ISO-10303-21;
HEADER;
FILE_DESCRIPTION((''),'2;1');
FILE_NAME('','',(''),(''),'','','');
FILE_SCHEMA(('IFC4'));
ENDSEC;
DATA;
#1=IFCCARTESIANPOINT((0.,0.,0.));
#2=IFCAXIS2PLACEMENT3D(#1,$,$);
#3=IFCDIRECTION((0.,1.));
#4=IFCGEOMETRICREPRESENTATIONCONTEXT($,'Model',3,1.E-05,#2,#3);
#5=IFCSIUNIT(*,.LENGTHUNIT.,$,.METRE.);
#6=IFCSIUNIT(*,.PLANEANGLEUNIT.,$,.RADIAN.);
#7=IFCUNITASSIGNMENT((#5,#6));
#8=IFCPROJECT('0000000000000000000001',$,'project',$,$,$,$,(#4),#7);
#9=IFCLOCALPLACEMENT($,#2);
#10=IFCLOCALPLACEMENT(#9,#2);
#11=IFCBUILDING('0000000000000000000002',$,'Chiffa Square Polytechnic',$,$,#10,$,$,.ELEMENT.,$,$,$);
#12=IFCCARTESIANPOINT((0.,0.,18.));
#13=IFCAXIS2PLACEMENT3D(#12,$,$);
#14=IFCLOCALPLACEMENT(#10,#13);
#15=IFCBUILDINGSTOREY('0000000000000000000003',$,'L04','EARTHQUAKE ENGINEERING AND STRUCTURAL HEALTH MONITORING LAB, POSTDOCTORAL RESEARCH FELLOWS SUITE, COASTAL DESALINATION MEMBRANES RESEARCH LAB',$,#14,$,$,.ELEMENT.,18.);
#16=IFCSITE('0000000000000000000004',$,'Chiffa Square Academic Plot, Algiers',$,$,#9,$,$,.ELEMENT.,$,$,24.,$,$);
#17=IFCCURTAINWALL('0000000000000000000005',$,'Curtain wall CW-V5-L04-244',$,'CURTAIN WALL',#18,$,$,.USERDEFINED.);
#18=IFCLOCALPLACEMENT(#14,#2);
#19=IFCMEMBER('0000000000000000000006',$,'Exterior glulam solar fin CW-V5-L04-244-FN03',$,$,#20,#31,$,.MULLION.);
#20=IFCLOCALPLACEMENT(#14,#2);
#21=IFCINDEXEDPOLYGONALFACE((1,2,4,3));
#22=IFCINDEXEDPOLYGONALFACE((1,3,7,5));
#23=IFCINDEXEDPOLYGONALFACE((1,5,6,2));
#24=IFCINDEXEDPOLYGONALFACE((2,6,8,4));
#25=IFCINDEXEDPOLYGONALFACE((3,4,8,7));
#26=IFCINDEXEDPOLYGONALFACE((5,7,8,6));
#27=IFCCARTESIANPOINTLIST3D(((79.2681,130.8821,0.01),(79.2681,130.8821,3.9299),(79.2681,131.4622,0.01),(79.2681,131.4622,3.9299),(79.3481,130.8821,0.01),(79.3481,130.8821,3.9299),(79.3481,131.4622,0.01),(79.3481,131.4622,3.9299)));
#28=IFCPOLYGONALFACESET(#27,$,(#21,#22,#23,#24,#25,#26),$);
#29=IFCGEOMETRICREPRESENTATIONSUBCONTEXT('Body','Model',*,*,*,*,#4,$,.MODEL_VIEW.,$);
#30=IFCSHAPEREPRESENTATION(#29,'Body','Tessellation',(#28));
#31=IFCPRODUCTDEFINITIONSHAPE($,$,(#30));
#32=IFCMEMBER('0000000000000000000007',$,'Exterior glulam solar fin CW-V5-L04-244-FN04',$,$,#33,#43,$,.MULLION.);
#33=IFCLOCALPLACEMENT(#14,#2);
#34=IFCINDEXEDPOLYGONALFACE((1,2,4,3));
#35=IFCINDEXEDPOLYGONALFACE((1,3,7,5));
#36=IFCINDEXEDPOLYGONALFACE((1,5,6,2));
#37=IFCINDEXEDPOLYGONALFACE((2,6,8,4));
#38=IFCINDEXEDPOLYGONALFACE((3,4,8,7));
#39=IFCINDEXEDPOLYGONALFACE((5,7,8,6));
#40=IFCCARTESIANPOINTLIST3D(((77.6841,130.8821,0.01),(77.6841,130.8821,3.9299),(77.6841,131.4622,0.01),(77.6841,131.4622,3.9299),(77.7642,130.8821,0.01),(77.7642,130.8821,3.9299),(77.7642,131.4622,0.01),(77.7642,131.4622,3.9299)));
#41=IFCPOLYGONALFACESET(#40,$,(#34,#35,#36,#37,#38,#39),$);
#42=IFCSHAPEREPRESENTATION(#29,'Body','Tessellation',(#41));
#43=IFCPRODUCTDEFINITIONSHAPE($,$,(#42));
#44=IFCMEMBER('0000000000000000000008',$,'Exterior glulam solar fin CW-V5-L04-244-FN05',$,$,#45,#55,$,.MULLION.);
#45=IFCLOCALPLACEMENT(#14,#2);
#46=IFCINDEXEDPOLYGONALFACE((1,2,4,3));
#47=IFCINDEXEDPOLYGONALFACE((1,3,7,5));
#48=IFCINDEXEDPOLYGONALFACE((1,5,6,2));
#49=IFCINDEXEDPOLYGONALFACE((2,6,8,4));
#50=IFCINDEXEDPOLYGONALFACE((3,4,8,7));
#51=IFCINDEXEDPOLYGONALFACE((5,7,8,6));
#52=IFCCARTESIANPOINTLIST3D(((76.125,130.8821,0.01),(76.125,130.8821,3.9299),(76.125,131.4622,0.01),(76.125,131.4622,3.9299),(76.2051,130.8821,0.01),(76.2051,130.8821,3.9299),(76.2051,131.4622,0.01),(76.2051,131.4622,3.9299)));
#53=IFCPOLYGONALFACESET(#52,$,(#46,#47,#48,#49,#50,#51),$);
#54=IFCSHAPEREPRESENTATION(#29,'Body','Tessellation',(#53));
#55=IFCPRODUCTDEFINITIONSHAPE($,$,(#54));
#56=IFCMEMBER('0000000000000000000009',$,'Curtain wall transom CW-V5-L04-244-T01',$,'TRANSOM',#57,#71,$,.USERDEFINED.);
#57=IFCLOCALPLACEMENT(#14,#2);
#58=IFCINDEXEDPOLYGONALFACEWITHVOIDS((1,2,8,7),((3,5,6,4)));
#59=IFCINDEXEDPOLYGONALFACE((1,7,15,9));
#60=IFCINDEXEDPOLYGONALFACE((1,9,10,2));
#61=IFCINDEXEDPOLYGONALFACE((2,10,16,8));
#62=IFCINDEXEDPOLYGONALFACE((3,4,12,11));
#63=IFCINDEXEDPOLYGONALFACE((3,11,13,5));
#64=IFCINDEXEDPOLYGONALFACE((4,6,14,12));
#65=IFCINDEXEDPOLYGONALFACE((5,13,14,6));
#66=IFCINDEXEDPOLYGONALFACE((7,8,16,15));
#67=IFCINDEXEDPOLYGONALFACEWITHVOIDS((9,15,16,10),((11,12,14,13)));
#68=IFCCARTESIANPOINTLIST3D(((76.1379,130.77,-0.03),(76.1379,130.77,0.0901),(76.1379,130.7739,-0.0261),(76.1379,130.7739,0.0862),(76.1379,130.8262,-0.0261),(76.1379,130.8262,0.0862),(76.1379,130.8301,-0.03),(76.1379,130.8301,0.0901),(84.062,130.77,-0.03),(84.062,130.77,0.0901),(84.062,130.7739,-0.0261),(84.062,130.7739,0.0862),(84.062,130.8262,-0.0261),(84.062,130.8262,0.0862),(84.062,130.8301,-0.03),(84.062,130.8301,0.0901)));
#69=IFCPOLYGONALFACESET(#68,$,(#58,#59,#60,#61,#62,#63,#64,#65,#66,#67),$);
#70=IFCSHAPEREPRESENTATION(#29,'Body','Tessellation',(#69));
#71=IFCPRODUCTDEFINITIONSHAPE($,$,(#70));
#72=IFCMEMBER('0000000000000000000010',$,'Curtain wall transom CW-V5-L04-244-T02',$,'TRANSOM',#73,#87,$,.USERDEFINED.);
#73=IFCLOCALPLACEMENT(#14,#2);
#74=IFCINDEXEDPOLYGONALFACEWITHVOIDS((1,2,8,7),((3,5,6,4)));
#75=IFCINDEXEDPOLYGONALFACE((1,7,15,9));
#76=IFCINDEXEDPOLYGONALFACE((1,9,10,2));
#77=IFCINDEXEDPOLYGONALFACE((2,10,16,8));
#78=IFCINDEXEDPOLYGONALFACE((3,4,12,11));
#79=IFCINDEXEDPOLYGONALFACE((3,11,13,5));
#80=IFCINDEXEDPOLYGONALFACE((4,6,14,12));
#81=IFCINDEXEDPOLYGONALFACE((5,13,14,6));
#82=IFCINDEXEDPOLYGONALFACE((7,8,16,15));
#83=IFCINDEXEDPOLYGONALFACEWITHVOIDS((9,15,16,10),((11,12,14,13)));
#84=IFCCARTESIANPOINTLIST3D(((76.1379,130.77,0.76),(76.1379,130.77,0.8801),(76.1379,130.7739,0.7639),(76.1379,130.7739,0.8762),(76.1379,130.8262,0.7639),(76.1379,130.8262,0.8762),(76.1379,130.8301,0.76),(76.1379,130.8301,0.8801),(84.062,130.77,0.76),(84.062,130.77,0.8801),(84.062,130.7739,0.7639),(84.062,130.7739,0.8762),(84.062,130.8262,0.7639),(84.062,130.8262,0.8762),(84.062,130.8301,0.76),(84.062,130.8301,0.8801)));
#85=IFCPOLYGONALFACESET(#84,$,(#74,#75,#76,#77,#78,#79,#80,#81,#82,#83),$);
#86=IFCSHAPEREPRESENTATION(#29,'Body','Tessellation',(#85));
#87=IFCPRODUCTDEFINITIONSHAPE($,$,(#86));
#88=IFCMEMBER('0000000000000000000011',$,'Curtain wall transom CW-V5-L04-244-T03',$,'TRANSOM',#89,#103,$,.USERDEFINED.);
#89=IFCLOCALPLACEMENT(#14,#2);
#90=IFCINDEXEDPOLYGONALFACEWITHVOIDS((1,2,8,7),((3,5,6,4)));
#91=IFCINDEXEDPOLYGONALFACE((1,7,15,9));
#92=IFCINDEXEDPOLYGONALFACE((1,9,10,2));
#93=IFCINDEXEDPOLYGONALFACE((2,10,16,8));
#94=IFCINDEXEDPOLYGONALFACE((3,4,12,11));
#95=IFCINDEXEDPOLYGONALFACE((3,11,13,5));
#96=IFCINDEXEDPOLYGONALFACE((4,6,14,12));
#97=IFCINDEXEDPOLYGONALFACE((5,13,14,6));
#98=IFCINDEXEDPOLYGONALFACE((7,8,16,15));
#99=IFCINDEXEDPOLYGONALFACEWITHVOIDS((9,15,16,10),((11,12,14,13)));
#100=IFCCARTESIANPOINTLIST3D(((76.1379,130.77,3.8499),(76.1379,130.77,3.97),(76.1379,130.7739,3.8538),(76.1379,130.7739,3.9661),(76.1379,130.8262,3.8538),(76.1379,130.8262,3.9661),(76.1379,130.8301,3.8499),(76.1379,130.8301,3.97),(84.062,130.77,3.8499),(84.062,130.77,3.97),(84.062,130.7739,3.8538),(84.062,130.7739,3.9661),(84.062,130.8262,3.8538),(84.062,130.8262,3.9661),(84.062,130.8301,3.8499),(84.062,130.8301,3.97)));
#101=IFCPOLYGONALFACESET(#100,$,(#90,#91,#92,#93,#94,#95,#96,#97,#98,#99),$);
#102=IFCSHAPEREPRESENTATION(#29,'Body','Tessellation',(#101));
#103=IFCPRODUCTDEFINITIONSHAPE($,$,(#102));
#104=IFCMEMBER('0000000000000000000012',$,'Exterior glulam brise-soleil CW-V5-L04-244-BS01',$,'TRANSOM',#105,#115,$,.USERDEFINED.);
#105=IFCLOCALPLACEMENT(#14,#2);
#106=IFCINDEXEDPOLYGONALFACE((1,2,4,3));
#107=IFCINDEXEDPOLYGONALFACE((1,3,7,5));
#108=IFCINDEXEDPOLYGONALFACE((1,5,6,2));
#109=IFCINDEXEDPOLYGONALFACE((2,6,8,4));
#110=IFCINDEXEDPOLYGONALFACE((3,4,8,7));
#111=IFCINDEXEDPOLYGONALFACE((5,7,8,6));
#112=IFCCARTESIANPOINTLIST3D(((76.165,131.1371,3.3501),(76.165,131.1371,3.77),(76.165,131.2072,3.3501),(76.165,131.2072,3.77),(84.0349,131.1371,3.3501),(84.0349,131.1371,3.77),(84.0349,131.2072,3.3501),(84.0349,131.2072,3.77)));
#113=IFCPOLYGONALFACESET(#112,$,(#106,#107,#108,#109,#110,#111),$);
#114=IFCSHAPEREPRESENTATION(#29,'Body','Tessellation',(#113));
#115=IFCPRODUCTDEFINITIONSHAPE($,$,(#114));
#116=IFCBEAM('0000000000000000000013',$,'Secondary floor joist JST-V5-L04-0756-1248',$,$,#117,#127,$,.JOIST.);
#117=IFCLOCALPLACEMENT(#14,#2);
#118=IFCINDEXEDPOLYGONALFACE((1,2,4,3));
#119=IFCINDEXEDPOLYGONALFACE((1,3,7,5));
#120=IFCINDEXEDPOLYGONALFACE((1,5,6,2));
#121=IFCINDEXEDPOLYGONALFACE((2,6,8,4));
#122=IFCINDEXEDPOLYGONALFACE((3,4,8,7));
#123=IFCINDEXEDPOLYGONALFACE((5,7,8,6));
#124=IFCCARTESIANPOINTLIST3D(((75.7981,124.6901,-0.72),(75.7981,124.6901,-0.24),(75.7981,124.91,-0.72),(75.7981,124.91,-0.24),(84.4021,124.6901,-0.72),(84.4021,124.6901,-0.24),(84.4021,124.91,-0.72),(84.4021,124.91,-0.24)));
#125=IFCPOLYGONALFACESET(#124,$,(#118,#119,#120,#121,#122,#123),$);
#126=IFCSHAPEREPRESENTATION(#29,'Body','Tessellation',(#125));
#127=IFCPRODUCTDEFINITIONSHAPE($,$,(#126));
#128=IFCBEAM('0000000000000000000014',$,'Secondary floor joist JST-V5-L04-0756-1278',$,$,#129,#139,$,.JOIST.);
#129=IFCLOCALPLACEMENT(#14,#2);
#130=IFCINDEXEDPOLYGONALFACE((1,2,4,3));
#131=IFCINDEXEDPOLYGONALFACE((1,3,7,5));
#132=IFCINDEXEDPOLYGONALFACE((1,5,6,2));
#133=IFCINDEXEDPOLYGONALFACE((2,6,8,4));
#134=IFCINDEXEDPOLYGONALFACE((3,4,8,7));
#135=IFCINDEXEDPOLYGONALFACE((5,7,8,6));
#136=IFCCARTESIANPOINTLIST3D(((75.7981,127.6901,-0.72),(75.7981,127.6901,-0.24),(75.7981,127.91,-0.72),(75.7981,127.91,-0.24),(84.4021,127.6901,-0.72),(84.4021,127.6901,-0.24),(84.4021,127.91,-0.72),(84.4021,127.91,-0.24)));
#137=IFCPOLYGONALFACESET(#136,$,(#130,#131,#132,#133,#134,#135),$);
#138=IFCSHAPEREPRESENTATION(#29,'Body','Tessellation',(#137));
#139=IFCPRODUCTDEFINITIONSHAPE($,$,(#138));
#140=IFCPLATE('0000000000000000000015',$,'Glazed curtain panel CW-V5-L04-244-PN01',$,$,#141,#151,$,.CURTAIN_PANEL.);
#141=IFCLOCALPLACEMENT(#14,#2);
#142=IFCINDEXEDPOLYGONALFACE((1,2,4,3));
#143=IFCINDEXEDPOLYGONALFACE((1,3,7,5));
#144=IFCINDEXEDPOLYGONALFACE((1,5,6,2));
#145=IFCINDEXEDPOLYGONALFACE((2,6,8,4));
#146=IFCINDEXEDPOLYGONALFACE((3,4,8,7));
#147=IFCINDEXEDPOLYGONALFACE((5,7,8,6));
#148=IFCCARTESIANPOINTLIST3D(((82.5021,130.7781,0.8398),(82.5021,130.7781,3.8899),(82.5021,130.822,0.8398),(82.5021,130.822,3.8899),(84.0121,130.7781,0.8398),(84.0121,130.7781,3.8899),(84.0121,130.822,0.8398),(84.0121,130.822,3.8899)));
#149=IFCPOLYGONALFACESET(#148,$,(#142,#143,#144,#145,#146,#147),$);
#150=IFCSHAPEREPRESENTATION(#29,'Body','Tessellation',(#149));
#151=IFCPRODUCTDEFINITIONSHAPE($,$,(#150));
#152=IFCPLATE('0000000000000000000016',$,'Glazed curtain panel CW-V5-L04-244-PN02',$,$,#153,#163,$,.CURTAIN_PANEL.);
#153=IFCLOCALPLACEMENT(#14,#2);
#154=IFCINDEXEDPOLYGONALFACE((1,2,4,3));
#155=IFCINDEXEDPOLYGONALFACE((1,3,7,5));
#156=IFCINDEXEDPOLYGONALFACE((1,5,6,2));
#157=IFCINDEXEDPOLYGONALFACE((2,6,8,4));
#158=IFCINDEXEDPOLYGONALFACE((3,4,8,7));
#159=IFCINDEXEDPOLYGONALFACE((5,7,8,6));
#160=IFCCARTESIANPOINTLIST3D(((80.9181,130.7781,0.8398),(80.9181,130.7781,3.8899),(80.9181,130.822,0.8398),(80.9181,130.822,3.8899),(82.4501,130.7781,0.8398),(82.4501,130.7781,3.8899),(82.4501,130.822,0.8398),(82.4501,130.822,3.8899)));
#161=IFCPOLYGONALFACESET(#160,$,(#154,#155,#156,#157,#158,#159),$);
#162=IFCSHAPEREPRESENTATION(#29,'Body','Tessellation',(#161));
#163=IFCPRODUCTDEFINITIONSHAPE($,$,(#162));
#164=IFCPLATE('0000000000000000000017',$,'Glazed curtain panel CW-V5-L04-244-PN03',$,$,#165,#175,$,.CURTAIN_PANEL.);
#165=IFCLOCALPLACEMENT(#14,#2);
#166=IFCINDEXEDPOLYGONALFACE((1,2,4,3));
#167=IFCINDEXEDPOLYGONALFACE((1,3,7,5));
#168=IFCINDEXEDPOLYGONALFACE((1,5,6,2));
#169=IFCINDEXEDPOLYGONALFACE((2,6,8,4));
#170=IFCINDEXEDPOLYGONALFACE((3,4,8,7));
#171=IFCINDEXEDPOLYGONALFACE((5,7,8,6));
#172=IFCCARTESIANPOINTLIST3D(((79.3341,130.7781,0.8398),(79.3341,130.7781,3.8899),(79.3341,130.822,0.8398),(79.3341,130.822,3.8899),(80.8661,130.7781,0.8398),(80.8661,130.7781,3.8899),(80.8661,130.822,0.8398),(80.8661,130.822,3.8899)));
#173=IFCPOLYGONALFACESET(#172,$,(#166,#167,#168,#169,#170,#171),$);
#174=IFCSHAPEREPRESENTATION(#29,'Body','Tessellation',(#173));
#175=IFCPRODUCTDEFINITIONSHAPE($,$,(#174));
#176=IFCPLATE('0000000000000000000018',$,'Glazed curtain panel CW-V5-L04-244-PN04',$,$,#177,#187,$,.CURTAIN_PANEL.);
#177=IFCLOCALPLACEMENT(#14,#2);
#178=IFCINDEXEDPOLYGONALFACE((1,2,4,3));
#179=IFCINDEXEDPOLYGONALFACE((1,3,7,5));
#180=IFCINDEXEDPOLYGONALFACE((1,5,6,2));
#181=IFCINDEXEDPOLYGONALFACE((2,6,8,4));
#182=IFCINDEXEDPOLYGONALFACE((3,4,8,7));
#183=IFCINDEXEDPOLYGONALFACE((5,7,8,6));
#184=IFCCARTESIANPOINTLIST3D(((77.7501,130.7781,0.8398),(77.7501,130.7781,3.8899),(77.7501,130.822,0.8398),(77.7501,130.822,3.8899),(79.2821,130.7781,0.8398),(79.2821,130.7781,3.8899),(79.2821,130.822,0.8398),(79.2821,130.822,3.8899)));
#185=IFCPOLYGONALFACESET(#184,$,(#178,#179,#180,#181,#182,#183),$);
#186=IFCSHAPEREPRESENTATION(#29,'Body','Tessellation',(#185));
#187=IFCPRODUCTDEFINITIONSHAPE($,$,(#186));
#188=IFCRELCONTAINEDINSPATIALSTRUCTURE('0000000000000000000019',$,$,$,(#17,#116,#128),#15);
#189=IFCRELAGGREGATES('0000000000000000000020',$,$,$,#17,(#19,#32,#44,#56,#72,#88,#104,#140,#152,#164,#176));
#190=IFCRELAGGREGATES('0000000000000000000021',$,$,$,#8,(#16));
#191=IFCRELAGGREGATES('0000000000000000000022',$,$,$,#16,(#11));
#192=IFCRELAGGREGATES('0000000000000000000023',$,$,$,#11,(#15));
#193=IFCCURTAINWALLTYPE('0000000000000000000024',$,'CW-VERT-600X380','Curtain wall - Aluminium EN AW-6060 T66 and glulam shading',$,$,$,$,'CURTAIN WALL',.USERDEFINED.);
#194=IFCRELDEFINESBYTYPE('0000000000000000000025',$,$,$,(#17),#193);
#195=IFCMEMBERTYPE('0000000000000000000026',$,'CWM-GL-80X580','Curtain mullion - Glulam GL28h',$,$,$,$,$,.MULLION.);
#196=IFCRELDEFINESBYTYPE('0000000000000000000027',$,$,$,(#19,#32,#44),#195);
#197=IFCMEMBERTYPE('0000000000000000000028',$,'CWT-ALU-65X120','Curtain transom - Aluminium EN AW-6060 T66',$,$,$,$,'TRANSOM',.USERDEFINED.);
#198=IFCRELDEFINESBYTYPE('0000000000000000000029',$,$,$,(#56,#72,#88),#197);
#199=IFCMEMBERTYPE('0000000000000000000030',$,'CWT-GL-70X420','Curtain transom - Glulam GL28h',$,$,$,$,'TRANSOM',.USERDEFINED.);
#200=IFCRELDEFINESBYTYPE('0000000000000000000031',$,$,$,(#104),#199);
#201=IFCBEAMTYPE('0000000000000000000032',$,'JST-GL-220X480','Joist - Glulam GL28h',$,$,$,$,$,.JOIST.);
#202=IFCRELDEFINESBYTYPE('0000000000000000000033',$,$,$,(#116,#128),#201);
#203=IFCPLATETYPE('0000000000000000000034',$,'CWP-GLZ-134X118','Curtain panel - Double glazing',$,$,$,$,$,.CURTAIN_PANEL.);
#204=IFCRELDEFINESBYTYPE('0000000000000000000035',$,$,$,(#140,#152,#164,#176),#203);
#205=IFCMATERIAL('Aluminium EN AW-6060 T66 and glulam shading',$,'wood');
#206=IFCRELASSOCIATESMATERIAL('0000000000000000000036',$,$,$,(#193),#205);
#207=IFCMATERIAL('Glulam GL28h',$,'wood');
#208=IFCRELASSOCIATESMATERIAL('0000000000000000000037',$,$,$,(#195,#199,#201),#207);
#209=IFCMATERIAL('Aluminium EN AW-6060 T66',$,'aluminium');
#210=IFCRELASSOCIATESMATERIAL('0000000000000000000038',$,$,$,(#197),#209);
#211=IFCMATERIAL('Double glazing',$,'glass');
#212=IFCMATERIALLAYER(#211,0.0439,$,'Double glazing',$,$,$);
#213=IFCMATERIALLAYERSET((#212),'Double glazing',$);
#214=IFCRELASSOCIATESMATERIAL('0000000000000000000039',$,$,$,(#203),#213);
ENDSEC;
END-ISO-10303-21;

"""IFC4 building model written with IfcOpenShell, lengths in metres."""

from ifc_helpers import new_model, si_unit, direction, frame, origin, origin_2d, place, context, subcontext, project, spatial, rectangle, hollow_rectangle, extrude, material, layer, layer_set, material_profile, profile_set, type_object, element, aggregate, save


model = new_model("IFC4")

# Units and contexts
model_context = context("Model", 3, precision=1e-05, world=origin(), true_north=direction((0.0, 1.0)))
body_context = subcontext(model_context, "Body", "Model", "MODEL_VIEW")
ifc_project = project(units=[si_unit("LENGTHUNIT", "METRE"), si_unit("PLANEANGLEUNIT", "RADIAN")], contexts=[model_context])

# Site, building, storey
site_placement = place(None, origin())
site = spatial("IfcSite", under=ifc_project, at=site_placement, Name="Chiffa Square Academic Plot, Algiers", CompositionType="ELEMENT", RefElevation=24.0)
building_placement = place(site_placement, origin())
building = spatial("IfcBuilding", under=site, at=building_placement, Name="Chiffa Square Polytechnic", CompositionType="ELEMENT")
storey_placement = place(building_placement, frame((0.0, 0.0, 18.0)))
storey = spatial("IfcBuildingStorey", under=building, at=storey_placement, Name="L04", Description="EARTHQUAKE ENGINEERING AND STRUCTURAL HEALTH MONITORING LAB, POSTDOCTORAL RESEARCH FELLOWS SUITE, COASTAL DESALINATION MEMBRANES RESEARCH LAB", CompositionType="ELEMENT", Elevation=18.0)

# Curtain wall, members
ifc_material_1 = material(Name="Aluminium EN AW-6060 T66 and glulam shading", Category="wood")
curtain_wall_type = type_object("IfcCurtainWallType", Name="CW-VERT-600X380", Description="Curtain wall - Aluminium EN AW-6060 T66 and glulam shading", ElementType="CURTAIN WALL", PredefinedType="USERDEFINED", material=ifc_material_1)
curtain_wall_placement = place(storey_placement, origin())
curtain_wall = element("IfcCurtainWall", 1, at=curtain_wall_placement, inside=storey, type_object=curtain_wall_type, Name="Curtain wall CW-V5-L04-244", ObjectType="CURTAIN WALL", PredefinedType="USERDEFINED")
ifc_material_2 = material(Name="Aluminium EN AW-6060 T66", Category="aluminium")
ifc_material_3 = material(Name="Glulam GL28h", Category="wood")
ifc_material_profile_1 = material_profile(ifc_material_3, rectangle(XDim=0.0801, YDim=0.5801, at=origin_2d()), Name="GL28h 80x580")
ifc_profile_set_1 = profile_set([ifc_material_profile_1], Name="Glulam GL28h")
member_type_1 = type_object("IfcMemberType", Name="CWM-GL-80X580", Description="Curtain mullion - Glulam GL28h", PredefinedType="MULLION", material=ifc_profile_set_1)
member_1_placement = place(storey_placement, frame((79.3081, 131.1721, 0.01), z_axis=(0.0, 0.0, 1.0), x_axis=(-1.0, 0.0, 0.0)))
member_1 = element("IfcMember", 2, at=member_1_placement, type_object=member_type_1, Name="Exterior glulam solar fin CW-V5-L04-244-FN03", PredefinedType="MULLION", context=body_context, shape_type="SweptSolid", body=[
    extrude(rectangle(XDim=0.0801, YDim=0.5801, at=origin_2d()), origin(), (0.0, 0.0, 1.0), 3.9199),
])
member_2_placement = place(storey_placement, frame((77.7241, 131.1721, 0.01), z_axis=(0.0, 0.0, 1.0), x_axis=(-1.0, 0.0, 0.0)))
member_2 = element("IfcMember", 3, at=member_2_placement, type_object=member_type_1, Name="Exterior glulam solar fin CW-V5-L04-244-FN04", PredefinedType="MULLION", context=body_context, shape_type="SweptSolid", body=[
    extrude(rectangle(XDim=0.0801, YDim=0.5801, at=origin_2d()), origin(), (0.0, 0.0, 1.0), 3.9199),
])
member_3_placement = place(storey_placement, frame((76.165, 131.1721, 0.01), z_axis=(0.0, 0.0, 1.0), x_axis=(-1.0, 0.0, 0.0)))
member_3 = element("IfcMember", 4, at=member_3_placement, type_object=member_type_1, Name="Exterior glulam solar fin CW-V5-L04-244-FN05", PredefinedType="MULLION", context=body_context, shape_type="SweptSolid", body=[
    extrude(rectangle(XDim=0.0801, YDim=0.5801, at=origin_2d()), origin(), (0.0, 0.0, 1.0), 3.9199),
])
ifc_material_profile_2 = material_profile(ifc_material_2, hollow_rectangle(XDim=0.0601, YDim=0.1201, WallThickness=0.0039, at=origin_2d()), Name="ALU 60x120x4")
ifc_profile_set_2 = profile_set([ifc_material_profile_2], Name="Aluminium EN AW-6060 T66")
member_type_2 = type_object("IfcMemberType", Name="CWT-ALU-65X120", Description="Curtain transom - Aluminium EN AW-6060 T66", ElementType="TRANSOM", PredefinedType="USERDEFINED", material=ifc_profile_set_2)
member_4_placement = place(storey_placement, frame((84.062, 130.8, 0.03), z_axis=(-1.0, 0.0, 0.0), x_axis=(0.0, -1.0, 0.0)))
member_4 = element("IfcMember", 5, at=member_4_placement, type_object=member_type_2, Name="Curtain wall transom CW-V5-L04-244-T01", ObjectType="TRANSOM", PredefinedType="USERDEFINED", context=body_context, shape_type="SweptSolid", body=[
    extrude(hollow_rectangle(XDim=0.0601, YDim=0.1201, WallThickness=0.0039, at=origin_2d()), origin(), (0.0, 0.0, 1.0), 7.9241),
])
member_5_placement = place(storey_placement, frame((84.062, 130.8, 0.8201), z_axis=(-1.0, 0.0, 0.0), x_axis=(0.0, -1.0, 0.0)))
member_5 = element("IfcMember", 6, at=member_5_placement, type_object=member_type_2, Name="Curtain wall transom CW-V5-L04-244-T02", ObjectType="TRANSOM", PredefinedType="USERDEFINED", context=body_context, shape_type="SweptSolid", body=[
    extrude(hollow_rectangle(XDim=0.0601, YDim=0.1201, WallThickness=0.0039, at=origin_2d()), origin(), (0.0, 0.0, 1.0), 7.9241),
])
member_6_placement = place(storey_placement, frame((84.062, 130.8, 3.9099), z_axis=(-1.0, 0.0, 0.0), x_axis=(0.0, -1.0, 0.0)))
member_6 = element("IfcMember", 7, at=member_6_placement, type_object=member_type_2, Name="Curtain wall transom CW-V5-L04-244-T03", ObjectType="TRANSOM", PredefinedType="USERDEFINED", context=body_context, shape_type="SweptSolid", body=[
    extrude(hollow_rectangle(XDim=0.0601, YDim=0.1201, WallThickness=0.0039, at=origin_2d()), origin(), (0.0, 0.0, 1.0), 7.9241),
])
ifc_material_profile_3 = material_profile(ifc_material_3, rectangle(XDim=0.0701, YDim=0.4199, at=origin_2d()), Name="GL28h 70x420")
ifc_profile_set_3 = profile_set([ifc_material_profile_3], Name="Glulam GL28h")
member_type_3 = type_object("IfcMemberType", Name="CWT-GL-70X420", Description="Curtain transom - Glulam GL28h", ElementType="TRANSOM", PredefinedType="USERDEFINED", material=ifc_profile_set_3)
member_7_placement = place(storey_placement, frame((84.0349, 131.1721, 3.5601), z_axis=(-1.0, 0.0, 0.0), x_axis=(0.0, -1.0, 0.0)))
member_7 = element("IfcMember", 8, at=member_7_placement, type_object=member_type_3, Name="Exterior glulam brise-soleil CW-V5-L04-244-BS01", ObjectType="TRANSOM", PredefinedType="USERDEFINED", context=body_context, shape_type="SweptSolid", body=[
    extrude(rectangle(XDim=0.0701, YDim=0.4199, at=origin_2d()), origin(), (0.0, 0.0, 1.0), 7.8699),
])

# Beams
ifc_material_profile_4 = material_profile(ifc_material_3, rectangle(XDim=0.22, YDim=0.48, at=origin_2d()), Name="GL28h 220x480")
ifc_profile_set_4 = profile_set([ifc_material_profile_4], Name="Glulam GL28h")
beam_type_1 = type_object("IfcBeamType", Name="JST-GL-220X480", Description="Joist - Glulam GL28h", PredefinedType="JOIST", material=ifc_profile_set_4)
for number, where, z_axis, x_axis, name in (
    (9, (75.7981, 124.8, -0.48), (1.0, 0.0, 0.0), (0.0, 1.0, 0.0), "Secondary floor joist JST-V5-L04-0756-1248"),
    (10, (75.7981, 127.8, -0.48), (1.0, 0.0, 0.0), (0.0, 1.0, 0.0), "Secondary floor joist JST-V5-L04-0756-1278"),
):
    element("IfcBeam", number, at=place(storey_placement, frame(where, z_axis=z_axis, x_axis=x_axis)), inside=storey, type_object=beam_type_1, Name=name, PredefinedType="JOIST", context=body_context, shape_type="SweptSolid", body=[
        extrude(rectangle(XDim=0.22, YDim=0.48, at=origin_2d()), origin(), (0.0, 0.0, 1.0), 8.604),
    ])

# Plates
ifc_material_4 = material(Name="Double glazing", Category="glass")
ifc_layer_1 = layer(ifc_material_4, 0.0439, Name="Double glazing")
ifc_layer_set_1 = layer_set([ifc_layer_1], Name="Double glazing")
plate_type_1 = type_object("IfcPlateType", Name="CWP-GLZ-134X118", Description="Curtain panel - Double glazing", PredefinedType="CURTAIN_PANEL", material=ifc_layer_set_1)
plate_1_placement = place(storey_placement, frame((83.2571, 130.8, 0.8398), z_axis=(0.0, 0.0, 1.0), x_axis=(-1.0, 0.0, 0.0)))
plate_1 = element("IfcPlate", 11, at=plate_1_placement, type_object=plate_type_1, Name="Glazed curtain panel CW-V5-L04-244-PN01", PredefinedType="CURTAIN_PANEL", context=body_context, shape_type="SweptSolid", body=[
    extrude(rectangle(XDim=1.51, YDim=0.0439, at=origin_2d()), origin(), (0.0, 0.0, 1.0), 3.05),
])
plate_2_placement = place(storey_placement, frame((81.6841, 130.8, 0.8398), z_axis=(0.0, 0.0, 1.0), x_axis=(-1.0, 0.0, 0.0)))
plate_2 = element("IfcPlate", 12, at=plate_2_placement, type_object=plate_type_1, Name="Glazed curtain panel CW-V5-L04-244-PN02", PredefinedType="CURTAIN_PANEL", context=body_context, shape_type="SweptSolid", body=[
    extrude(rectangle(XDim=1.532, YDim=0.0439, at=origin_2d()), origin(), (0.0, 0.0, 1.0), 3.05),
])
plate_3_placement = place(storey_placement, frame((80.1001, 130.8, 0.8398), z_axis=(0.0, 0.0, 1.0), x_axis=(-1.0, 0.0, 0.0)))
plate_3 = element("IfcPlate", 13, at=plate_3_placement, type_object=plate_type_1, Name="Glazed curtain panel CW-V5-L04-244-PN03", PredefinedType="CURTAIN_PANEL", context=body_context, shape_type="SweptSolid", body=[
    extrude(rectangle(XDim=1.532, YDim=0.0439, at=origin_2d()), origin(), (0.0, 0.0, 1.0), 3.05),
])
plate_4_placement = place(storey_placement, frame((78.5161, 130.8, 0.8398), z_axis=(0.0, 0.0, 1.0), x_axis=(-1.0, 0.0, 0.0)))
plate_4 = element("IfcPlate", 14, at=plate_4_placement, type_object=plate_type_1, Name="Glazed curtain panel CW-V5-L04-244-PN04", PredefinedType="CURTAIN_PANEL", context=body_context, shape_type="SweptSolid", body=[
    extrude(rectangle(XDim=1.532, YDim=0.0439, at=origin_2d()), origin(), (0.0, 0.0, 1.0), 3.05),
])
aggregate(curtain_wall, [member_1, member_2, member_3, member_4, member_5, member_6, member_7, plate_1, plate_2, plate_3, plate_4])

save(model, "model.ifc")
